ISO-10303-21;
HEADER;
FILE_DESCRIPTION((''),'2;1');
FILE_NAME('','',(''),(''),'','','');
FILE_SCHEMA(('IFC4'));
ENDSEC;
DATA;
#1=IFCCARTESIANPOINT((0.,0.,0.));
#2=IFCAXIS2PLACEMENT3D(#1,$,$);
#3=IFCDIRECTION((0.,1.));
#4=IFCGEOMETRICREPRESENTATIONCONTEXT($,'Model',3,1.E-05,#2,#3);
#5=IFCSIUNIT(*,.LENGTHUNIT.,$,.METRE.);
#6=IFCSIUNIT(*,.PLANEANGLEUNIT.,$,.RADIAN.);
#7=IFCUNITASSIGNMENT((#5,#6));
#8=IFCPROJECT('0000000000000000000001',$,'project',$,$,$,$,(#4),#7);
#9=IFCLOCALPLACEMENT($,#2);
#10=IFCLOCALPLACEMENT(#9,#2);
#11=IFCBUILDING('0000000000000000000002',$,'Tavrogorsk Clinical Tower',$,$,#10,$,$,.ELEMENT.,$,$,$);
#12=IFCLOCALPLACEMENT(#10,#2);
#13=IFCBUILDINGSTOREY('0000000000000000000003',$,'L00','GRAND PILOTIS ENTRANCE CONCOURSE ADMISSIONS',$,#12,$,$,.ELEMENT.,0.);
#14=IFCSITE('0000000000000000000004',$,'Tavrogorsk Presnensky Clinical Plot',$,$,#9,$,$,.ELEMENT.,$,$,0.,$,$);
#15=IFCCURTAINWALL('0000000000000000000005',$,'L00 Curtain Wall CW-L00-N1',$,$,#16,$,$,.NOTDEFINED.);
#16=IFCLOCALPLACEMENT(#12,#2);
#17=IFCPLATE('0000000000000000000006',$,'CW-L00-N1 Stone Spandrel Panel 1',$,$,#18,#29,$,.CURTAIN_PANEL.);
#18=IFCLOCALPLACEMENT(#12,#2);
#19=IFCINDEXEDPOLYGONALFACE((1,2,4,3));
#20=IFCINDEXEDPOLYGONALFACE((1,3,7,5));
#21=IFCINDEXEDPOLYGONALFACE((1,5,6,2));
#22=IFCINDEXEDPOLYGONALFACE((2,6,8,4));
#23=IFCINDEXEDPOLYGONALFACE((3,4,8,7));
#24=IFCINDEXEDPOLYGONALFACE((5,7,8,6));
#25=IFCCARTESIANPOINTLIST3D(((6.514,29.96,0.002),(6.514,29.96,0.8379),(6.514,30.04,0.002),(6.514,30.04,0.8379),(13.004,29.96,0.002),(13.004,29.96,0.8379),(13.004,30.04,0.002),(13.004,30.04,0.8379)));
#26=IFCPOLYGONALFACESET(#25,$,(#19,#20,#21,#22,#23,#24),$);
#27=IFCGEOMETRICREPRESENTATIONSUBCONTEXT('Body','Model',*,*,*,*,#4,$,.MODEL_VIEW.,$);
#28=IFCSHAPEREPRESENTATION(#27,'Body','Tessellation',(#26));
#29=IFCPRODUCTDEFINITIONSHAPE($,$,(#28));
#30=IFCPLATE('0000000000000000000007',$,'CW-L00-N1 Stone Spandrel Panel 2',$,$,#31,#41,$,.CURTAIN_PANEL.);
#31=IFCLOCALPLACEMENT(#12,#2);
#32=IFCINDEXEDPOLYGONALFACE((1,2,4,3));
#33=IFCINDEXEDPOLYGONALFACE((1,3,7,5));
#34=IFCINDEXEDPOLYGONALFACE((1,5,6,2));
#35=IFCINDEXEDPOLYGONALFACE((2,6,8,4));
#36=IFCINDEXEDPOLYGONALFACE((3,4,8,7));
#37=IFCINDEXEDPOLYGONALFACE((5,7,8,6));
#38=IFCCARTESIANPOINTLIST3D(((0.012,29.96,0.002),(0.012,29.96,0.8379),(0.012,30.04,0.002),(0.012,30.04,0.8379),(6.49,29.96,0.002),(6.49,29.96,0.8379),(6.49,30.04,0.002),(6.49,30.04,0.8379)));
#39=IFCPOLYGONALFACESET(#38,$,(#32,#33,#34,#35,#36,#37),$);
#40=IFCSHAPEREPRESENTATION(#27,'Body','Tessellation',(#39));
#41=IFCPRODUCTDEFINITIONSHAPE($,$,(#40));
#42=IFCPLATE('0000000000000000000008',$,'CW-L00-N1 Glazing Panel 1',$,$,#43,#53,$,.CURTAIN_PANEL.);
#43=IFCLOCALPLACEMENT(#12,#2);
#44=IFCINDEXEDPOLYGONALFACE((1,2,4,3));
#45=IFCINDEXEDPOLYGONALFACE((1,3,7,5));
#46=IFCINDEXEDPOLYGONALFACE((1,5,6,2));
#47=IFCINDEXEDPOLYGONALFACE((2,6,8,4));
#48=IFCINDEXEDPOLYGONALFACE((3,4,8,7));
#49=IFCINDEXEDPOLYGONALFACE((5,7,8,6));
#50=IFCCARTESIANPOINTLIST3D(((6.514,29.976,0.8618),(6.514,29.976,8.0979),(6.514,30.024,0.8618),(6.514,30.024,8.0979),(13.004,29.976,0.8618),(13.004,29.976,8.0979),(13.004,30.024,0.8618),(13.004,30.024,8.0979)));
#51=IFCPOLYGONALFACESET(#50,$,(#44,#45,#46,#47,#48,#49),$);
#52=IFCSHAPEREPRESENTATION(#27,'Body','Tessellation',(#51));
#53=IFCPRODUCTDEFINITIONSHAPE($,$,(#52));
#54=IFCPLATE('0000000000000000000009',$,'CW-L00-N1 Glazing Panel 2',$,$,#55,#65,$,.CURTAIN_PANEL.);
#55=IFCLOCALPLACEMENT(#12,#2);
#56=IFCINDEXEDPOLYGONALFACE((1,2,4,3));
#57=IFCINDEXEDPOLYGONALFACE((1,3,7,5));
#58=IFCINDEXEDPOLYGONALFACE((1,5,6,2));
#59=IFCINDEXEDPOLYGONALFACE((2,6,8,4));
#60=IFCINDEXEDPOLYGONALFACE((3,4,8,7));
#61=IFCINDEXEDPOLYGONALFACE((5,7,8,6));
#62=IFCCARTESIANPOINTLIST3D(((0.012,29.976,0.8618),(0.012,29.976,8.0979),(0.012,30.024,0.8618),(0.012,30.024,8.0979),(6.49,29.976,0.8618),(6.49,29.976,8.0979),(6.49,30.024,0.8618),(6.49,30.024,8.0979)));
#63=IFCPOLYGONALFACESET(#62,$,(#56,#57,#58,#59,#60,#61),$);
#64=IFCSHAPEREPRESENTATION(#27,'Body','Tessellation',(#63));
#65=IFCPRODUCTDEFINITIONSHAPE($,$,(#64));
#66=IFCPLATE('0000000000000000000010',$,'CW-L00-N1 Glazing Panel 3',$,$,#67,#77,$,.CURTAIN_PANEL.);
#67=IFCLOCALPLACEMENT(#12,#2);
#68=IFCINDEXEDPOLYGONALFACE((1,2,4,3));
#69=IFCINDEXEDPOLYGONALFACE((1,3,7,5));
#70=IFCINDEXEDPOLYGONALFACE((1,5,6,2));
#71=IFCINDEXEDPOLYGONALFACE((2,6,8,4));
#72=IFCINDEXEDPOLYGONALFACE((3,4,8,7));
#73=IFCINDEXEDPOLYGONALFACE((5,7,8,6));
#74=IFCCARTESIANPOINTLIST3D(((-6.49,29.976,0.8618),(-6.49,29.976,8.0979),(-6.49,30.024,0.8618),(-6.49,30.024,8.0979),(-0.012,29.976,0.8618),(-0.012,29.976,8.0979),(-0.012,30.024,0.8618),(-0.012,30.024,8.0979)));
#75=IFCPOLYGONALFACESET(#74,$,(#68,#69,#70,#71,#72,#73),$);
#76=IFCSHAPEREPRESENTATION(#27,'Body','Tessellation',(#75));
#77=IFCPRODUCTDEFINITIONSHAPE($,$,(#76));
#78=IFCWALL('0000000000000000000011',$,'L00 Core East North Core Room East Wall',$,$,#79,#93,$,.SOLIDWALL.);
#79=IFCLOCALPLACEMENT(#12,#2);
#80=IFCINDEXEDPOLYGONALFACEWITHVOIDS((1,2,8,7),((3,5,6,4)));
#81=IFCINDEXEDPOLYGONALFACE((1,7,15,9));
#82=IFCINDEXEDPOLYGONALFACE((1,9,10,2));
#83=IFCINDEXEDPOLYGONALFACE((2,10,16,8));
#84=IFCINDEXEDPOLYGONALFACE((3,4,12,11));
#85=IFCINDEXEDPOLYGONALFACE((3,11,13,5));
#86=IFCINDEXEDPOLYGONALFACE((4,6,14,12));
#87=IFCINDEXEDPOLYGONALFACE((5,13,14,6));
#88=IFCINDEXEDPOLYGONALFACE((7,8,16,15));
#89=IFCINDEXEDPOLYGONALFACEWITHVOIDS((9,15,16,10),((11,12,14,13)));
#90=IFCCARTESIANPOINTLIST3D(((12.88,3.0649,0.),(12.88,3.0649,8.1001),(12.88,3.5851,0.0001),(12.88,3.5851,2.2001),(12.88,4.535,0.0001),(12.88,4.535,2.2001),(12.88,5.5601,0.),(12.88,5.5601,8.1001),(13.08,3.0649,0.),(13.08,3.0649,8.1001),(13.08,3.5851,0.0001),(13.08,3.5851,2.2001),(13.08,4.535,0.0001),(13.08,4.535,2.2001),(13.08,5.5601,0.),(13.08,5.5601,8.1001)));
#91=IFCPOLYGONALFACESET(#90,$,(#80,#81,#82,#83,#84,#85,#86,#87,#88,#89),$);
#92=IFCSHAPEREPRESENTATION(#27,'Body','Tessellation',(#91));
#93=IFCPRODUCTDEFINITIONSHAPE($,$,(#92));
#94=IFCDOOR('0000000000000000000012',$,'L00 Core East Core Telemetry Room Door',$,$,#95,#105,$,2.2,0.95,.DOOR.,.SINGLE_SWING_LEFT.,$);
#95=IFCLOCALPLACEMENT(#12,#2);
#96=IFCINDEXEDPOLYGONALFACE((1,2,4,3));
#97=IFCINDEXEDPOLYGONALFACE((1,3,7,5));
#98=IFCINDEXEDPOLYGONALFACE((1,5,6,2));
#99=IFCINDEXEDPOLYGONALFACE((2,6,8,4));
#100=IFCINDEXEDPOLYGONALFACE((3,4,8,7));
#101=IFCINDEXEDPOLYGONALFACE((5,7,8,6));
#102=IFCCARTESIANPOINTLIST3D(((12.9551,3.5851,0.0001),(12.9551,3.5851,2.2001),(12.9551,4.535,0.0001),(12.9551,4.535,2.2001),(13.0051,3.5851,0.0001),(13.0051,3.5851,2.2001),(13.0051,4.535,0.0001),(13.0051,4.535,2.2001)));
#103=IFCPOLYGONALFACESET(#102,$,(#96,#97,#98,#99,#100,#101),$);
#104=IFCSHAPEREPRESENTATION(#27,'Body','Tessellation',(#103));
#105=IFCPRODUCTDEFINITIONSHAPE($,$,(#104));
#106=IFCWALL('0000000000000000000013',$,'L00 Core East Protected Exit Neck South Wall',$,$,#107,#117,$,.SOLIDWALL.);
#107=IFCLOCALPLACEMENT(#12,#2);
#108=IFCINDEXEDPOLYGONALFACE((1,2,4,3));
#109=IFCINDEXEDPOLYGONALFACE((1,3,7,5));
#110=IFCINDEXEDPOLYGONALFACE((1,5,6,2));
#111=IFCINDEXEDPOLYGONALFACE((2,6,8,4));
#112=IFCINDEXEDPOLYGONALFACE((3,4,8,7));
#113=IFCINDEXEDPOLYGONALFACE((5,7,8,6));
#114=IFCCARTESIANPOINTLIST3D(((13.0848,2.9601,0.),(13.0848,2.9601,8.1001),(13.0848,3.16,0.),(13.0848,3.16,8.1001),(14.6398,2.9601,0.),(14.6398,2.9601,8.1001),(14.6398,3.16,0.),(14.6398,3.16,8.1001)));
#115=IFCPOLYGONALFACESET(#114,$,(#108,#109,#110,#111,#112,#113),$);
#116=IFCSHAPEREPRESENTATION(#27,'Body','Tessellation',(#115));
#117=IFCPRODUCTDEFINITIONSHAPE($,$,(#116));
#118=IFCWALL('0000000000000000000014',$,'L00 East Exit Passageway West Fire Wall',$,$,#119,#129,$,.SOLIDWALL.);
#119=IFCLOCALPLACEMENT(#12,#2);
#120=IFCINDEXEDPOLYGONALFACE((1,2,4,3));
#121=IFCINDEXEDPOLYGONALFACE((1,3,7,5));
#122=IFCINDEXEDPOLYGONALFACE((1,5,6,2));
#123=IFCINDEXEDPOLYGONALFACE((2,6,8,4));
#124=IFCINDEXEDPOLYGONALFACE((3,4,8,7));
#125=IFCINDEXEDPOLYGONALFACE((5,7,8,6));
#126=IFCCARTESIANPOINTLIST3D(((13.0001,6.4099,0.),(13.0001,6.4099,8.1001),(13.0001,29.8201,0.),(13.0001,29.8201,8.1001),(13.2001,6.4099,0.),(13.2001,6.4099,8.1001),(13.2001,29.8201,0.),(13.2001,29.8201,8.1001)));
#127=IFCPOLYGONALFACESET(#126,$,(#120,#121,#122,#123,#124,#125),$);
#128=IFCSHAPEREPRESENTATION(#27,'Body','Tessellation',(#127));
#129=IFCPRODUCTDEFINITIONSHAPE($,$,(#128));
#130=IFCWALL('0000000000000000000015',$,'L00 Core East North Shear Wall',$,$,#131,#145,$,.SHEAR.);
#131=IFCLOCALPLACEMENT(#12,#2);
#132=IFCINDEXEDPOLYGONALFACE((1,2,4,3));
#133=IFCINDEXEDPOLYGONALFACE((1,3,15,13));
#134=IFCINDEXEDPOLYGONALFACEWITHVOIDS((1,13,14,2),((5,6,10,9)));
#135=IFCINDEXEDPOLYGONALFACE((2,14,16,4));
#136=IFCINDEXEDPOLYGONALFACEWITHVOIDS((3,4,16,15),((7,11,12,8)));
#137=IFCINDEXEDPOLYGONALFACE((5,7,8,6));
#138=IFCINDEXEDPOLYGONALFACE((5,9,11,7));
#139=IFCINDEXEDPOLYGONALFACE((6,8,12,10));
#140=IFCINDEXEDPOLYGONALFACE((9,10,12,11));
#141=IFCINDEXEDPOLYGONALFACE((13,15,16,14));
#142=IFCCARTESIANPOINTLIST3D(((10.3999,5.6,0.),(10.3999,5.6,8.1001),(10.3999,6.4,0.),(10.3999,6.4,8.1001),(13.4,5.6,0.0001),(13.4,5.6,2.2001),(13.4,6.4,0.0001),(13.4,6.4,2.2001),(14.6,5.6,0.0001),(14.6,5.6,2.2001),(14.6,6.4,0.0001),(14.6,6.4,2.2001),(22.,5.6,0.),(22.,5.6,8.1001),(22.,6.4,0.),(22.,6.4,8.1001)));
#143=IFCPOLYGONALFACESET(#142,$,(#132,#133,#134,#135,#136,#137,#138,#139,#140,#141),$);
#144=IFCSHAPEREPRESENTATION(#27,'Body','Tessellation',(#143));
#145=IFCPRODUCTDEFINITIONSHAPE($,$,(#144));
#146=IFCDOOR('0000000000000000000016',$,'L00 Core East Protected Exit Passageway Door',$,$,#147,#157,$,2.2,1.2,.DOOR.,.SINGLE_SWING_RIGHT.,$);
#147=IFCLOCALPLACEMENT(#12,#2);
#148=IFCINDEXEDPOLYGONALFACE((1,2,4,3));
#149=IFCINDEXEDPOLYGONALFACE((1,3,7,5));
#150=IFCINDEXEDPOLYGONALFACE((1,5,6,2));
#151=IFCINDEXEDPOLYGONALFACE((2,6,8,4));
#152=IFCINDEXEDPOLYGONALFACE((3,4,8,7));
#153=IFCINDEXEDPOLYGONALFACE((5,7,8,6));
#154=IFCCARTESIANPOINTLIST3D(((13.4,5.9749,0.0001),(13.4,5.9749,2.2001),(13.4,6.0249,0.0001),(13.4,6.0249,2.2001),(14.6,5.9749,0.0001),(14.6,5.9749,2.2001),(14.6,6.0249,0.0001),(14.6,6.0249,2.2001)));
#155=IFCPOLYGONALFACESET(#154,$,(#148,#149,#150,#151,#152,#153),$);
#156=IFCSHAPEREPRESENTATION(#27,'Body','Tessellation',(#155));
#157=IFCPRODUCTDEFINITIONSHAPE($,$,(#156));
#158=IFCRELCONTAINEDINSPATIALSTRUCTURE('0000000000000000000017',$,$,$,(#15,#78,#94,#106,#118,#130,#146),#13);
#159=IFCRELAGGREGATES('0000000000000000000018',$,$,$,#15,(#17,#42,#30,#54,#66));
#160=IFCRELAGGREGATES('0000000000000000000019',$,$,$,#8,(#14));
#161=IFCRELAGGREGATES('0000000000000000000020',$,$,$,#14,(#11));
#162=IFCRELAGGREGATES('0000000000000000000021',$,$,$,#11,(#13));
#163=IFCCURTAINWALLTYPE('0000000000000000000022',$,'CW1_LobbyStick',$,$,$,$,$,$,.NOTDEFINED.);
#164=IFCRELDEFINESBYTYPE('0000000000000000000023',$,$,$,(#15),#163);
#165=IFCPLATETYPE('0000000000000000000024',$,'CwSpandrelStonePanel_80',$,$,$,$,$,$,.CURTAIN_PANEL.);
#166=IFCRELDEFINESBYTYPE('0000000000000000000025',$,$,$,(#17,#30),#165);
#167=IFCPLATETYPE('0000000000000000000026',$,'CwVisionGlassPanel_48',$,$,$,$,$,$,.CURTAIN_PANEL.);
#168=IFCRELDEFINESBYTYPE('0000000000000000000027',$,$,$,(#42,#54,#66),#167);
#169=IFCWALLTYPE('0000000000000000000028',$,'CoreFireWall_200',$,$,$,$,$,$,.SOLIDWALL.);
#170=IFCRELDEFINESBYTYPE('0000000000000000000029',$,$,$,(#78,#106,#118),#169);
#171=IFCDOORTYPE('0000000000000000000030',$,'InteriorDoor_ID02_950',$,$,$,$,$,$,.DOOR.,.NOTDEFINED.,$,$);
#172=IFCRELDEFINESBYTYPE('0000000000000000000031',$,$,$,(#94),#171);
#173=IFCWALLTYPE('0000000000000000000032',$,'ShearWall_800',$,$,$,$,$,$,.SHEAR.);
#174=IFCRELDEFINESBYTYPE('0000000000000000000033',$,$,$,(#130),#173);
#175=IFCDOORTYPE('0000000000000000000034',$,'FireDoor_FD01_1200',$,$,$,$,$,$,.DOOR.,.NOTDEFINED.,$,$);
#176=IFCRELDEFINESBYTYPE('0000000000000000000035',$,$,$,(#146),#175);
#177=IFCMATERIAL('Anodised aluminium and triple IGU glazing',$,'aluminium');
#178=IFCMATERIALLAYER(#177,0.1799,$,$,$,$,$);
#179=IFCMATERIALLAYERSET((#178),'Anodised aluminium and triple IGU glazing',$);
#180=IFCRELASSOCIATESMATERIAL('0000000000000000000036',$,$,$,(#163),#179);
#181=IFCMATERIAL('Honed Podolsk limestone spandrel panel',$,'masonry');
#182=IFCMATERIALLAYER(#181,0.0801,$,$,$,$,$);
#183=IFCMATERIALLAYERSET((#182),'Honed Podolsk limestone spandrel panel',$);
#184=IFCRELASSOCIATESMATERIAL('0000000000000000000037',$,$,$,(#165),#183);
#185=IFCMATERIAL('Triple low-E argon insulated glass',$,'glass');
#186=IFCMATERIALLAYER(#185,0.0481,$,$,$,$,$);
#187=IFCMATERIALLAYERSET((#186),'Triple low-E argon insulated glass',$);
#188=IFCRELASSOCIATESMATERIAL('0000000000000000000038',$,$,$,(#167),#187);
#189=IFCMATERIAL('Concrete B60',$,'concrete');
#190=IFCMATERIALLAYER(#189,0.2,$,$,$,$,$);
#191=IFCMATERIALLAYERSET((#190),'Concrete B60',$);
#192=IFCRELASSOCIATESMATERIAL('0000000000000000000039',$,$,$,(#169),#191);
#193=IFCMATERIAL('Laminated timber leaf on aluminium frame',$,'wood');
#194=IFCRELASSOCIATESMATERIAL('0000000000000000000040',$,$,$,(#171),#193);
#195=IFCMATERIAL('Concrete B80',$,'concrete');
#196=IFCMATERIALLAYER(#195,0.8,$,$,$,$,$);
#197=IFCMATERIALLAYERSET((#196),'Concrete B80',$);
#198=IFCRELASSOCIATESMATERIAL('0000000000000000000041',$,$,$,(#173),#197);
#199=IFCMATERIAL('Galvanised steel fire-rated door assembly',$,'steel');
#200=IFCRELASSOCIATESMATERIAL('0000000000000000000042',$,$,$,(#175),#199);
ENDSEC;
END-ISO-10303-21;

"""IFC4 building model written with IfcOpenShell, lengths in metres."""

from ifc_helpers import new_model, si_unit, direction, frame, frame_2d, origin, origin_2d, place, context, subcontext, project, spatial, rectangle, extrude, material, layer, layer_set, type_object, element, fill, aggregate, save


model = new_model("IFC4")

# Units and contexts
model_context = context("Model", 3, precision=1e-05, world=origin(), true_north=direction((0.0, 1.0)))
body_context = subcontext(model_context, "Body", "Model", "MODEL_VIEW")
ifc_project = project(units=[si_unit("LENGTHUNIT", "METRE"), si_unit("PLANEANGLEUNIT", "RADIAN")], contexts=[model_context])

# Site, building, storey
site_placement = place(None, origin())
site = spatial("IfcSite", under=ifc_project, at=site_placement, Name="Tavrogorsk Presnensky Clinical Plot", CompositionType="ELEMENT", RefElevation=0.0)
building_placement = place(site_placement, origin())
building = spatial("IfcBuilding", under=site, at=building_placement, Name="Tavrogorsk Clinical Tower", CompositionType="ELEMENT")
storey_placement = place(building_placement, origin())
storey = spatial("IfcBuildingStorey", under=building, at=storey_placement, Name="L00", Description="GRAND PILOTIS ENTRANCE CONCOURSE ADMISSIONS", CompositionType="ELEMENT", Elevation=0.0)

# Curtain wall
ifc_material_1 = material(Name="Anodised aluminium and triple IGU glazing", Category="aluminium")
ifc_layer_1 = layer(ifc_material_1, 0.1799)
ifc_layer_set_1 = layer_set([ifc_layer_1], Name="Anodised aluminium and triple IGU glazing")
curtain_wall_type = type_object("IfcCurtainWallType", Name="CW1_LobbyStick", PredefinedType="NOTDEFINED", material=ifc_layer_set_1)
curtain_wall_placement = place(storey_placement, origin())
curtain_wall = element("IfcCurtainWall", 1, at=curtain_wall_placement, inside=storey, type_object=curtain_wall_type, Name="L00 Curtain Wall CW-L00-N1", PredefinedType="NOTDEFINED")

# Plates
ifc_material_2 = material(Name="Honed Podolsk limestone spandrel panel", Category="masonry")
ifc_layer_2 = layer(ifc_material_2, 0.0801)
ifc_layer_set_2 = layer_set([ifc_layer_2], Name="Honed Podolsk limestone spandrel panel")
plate_type_1 = type_object("IfcPlateType", Name="CwSpandrelStonePanel_80", PredefinedType="CURTAIN_PANEL", material=ifc_layer_set_2)
plate_1_placement = place(storey_placement, frame((9.759, 30.0, 0.002), z_axis=(0.0, 0.0, 1.0), x_axis=(-1.0, 0.0, 0.0)))
plate_1 = element("IfcPlate", 2, at=plate_1_placement, type_object=plate_type_1, Name="CW-L00-N1 Stone Spandrel Panel 1", PredefinedType="CURTAIN_PANEL", context=body_context, shape_type="SweptSolid", body=[
    extrude(rectangle(XDim=6.49, YDim=0.0801, at=origin_2d()), origin(), (0.0, 0.0, 1.0), 0.8359),
])
plate_2_placement = place(storey_placement, frame((3.251, 30.0, 0.002), z_axis=(0.0, 0.0, 1.0), x_axis=(-1.0, 0.0, 0.0)))
plate_2 = element("IfcPlate", 3, at=plate_2_placement, type_object=plate_type_1, Name="CW-L00-N1 Stone Spandrel Panel 2", PredefinedType="CURTAIN_PANEL", context=body_context, shape_type="SweptSolid", body=[
    extrude(rectangle(XDim=6.478, YDim=0.0801, at=origin_2d()), origin(), (0.0, 0.0, 1.0), 0.8359),
])
ifc_material_3 = material(Name="Triple low-E argon insulated glass", Category="glass")
ifc_layer_3 = layer(ifc_material_3, 0.0481)
ifc_layer_set_3 = layer_set([ifc_layer_3], Name="Triple low-E argon insulated glass")
plate_type_2 = type_object("IfcPlateType", Name="CwVisionGlassPanel_48", PredefinedType="CURTAIN_PANEL", material=ifc_layer_set_3)
plate_3_placement = place(storey_placement, frame((9.759, 30.0, 0.8618), z_axis=(0.0, 0.0, 1.0), x_axis=(-1.0, 0.0, 0.0)))
plate_3 = element("IfcPlate", 4, at=plate_3_placement, type_object=plate_type_2, Name="CW-L00-N1 Glazing Panel 1", PredefinedType="CURTAIN_PANEL", context=body_context, shape_type="SweptSolid", body=[
    extrude(rectangle(XDim=6.49, YDim=0.0481, at=origin_2d()), origin(), (0.0, 0.0, 1.0), 7.2361),
])
plate_4_placement = place(storey_placement, frame((3.251, 30.0, 0.8618), z_axis=(0.0, 0.0, 1.0), x_axis=(-1.0, 0.0, 0.0)))
plate_4 = element("IfcPlate", 5, at=plate_4_placement, type_object=plate_type_2, Name="CW-L00-N1 Glazing Panel 2", PredefinedType="CURTAIN_PANEL", context=body_context, shape_type="SweptSolid", body=[
    extrude(rectangle(XDim=6.478, YDim=0.0481, at=origin_2d()), origin(), (0.0, 0.0, 1.0), 7.2361),
])
plate_5_placement = place(storey_placement, frame((-3.251, 30.0, 0.8618), z_axis=(0.0, 0.0, 1.0), x_axis=(-1.0, 0.0, 0.0)))
plate_5 = element("IfcPlate", 6, at=plate_5_placement, type_object=plate_type_2, Name="CW-L00-N1 Glazing Panel 3", PredefinedType="CURTAIN_PANEL", context=body_context, shape_type="SweptSolid", body=[
    extrude(rectangle(XDim=6.478, YDim=0.0481, at=origin_2d()), origin(), (0.0, 0.0, 1.0), 7.2361),
])
aggregate(curtain_wall, [plate_1, plate_3, plate_2, plate_4, plate_5])

# Wall, opening, door
ifc_material_4 = material(Name="Concrete B60", Category="concrete")
ifc_layer_4 = layer(ifc_material_4, 0.2)
ifc_layer_set_4 = layer_set([ifc_layer_4], Name="Concrete B60")
wall_type_1 = type_object("IfcWallType", Name="CoreFireWall_200", PredefinedType="SOLIDWALL", material=ifc_layer_set_4)
wall_1_placement = place(storey_placement, frame((12.98, 3.0649, 0.0), z_axis=(0.0, 0.0, 1.0), x_axis=(0.0, 1.0, 0.0)))
wall_1 = element("IfcWall", 7, at=wall_1_placement, inside=storey, type_object=wall_type_1, Name="L00 Core East North Core Room East Wall", PredefinedType="SOLIDWALL", context=body_context, shape_type="SweptSolid", body=[
    extrude(rectangle(XDim=2.4951, YDim=0.2, at=frame_2d((1.2476, 0.0))), origin(), (0.0, 0.0, 1.0), 8.1001),
])
opening_1_placement = place(wall_1_placement, frame((0.52, 0.0, 0.0)))
opening_1 = element("IfcOpeningElement", 8, at=opening_1_placement, cuts=wall_1, PredefinedType="OPENING", context=body_context, shape_type="SweptSolid", body=[
    extrude(rectangle(XDim=0.95, YDim=2.2, at=frame_2d((0.4751, 1.1001))), frame((0.0, 0.1099, 0.0), z_axis=(0.0, -1.0, 0.0), x_axis=(1.0, 0.0, 0.0)), (0.0, 0.0, 1.0), 0.22),
])
ifc_material_5 = material(Name="Laminated timber leaf on aluminium frame", Category="wood")
door_type_1 = type_object("IfcDoorType", Name="InteriorDoor_ID02_950", OperationType="NOTDEFINED", PredefinedType="DOOR", material=ifc_material_5)
door_1_placement = place(opening_1_placement, origin())
door_1 = element("IfcDoor", 9, at=door_1_placement, inside=storey, type_object=door_type_1, Name="L00 Core East Core Telemetry Room Door", OperationType="SINGLE_SWING_LEFT", OverallHeight=2.2, OverallWidth=0.95, PredefinedType="DOOR", context=body_context, shape_type="SweptSolid", body=[
    extrude(rectangle(XDim=0.95, YDim=2.2, at=frame_2d((0.4751, 1.1001))), frame((0.0, 0.0249, 0.0), z_axis=(0.0, -1.0, 0.0), x_axis=(1.0, 0.0, 0.0)), (0.0, 0.0, 1.0), 0.05),
])
fill(opening_1, door_1)

# Walls
wall_2_placement = place(storey_placement, frame((13.085, 3.0601, 0.0), z_axis=(0.0, 0.0, 1.0), x_axis=(1.0, 0.0, 0.0)))
element("IfcWall", 10, at=wall_2_placement, inside=storey, type_object=wall_type_1, Name="L00 Core East Protected Exit Neck South Wall", PredefinedType="SOLIDWALL", context=body_context, shape_type="SweptSolid", body=[
    extrude(rectangle(XDim=1.5549, YDim=0.2, at=frame_2d((0.7773, 0.0))), origin(), (0.0, 0.0, 1.0), 8.1001),
])
wall_3_placement = place(storey_placement, frame((13.1001, 6.4099, 0.0), z_axis=(0.0, 0.0, 1.0), x_axis=(0.0, 1.0, 0.0)))
element("IfcWall", 11, at=wall_3_placement, inside=storey, type_object=wall_type_1, Name="L00 East Exit Passageway West Fire Wall", PredefinedType="SOLIDWALL", context=body_context, shape_type="SweptSolid", body=[
    extrude(rectangle(XDim=23.4102, YDim=0.2, at=frame_2d((11.7051, 0.0))), origin(), (0.0, 0.0, 1.0), 8.1001),
])

# Wall, opening, door
ifc_material_6 = material(Name="Concrete B80", Category="concrete")
ifc_layer_5 = layer(ifc_material_6, 0.8)
ifc_layer_set_5 = layer_set([ifc_layer_5], Name="Concrete B80")
wall_type_2 = type_object("IfcWallType", Name="ShearWall_800", PredefinedType="SHEAR", material=ifc_layer_set_5)
wall_4_placement = place(storey_placement, frame((10.3999, 6.0, 0.0), z_axis=(0.0, 0.0, 1.0), x_axis=(1.0, 0.0, 0.0)))
wall_4 = element("IfcWall", 12, at=wall_4_placement, inside=storey, type_object=wall_type_2, Name="L00 Core East North Shear Wall", PredefinedType="SHEAR", context=body_context, shape_type="SweptSolid", body=[
    extrude(rectangle(XDim=11.6001, YDim=0.8, at=frame_2d((5.8, 0.0))), origin(), (0.0, 0.0, 1.0), 8.1001),
])
opening_2_placement = place(wall_4_placement, frame((3.0, 0.0, 0.0)))
opening_2 = element("IfcOpeningElement", 13, at=opening_2_placement, cuts=wall_4, PredefinedType="OPENING", context=body_context, shape_type="SweptSolid", body=[
    extrude(rectangle(XDim=1.2, YDim=2.2, at=frame_2d((0.6001, 1.1001))), frame((0.0, 0.4099, 0.0), z_axis=(0.0, -1.0, 0.0), x_axis=(1.0, 0.0, 0.0)), (0.0, 0.0, 1.0), 0.8201),
])
ifc_material_7 = material(Name="Galvanised steel fire-rated door assembly", Category="steel")
door_type_2 = type_object("IfcDoorType", Name="FireDoor_FD01_1200", OperationType="NOTDEFINED", PredefinedType="DOOR", material=ifc_material_7)
door_2_placement = place(opening_2_placement, origin())
door_2 = element("IfcDoor", 14, at=door_2_placement, inside=storey, type_object=door_type_2, Name="L00 Core East Protected Exit Passageway Door", OperationType="SINGLE_SWING_RIGHT", OverallHeight=2.2, OverallWidth=1.2, PredefinedType="DOOR", context=body_context, shape_type="SweptSolid", body=[
    extrude(rectangle(XDim=1.2, YDim=2.2, at=frame_2d((0.6001, 1.1001))), frame((0.0, 0.0249, 0.0), z_axis=(0.0, -1.0, 0.0), x_axis=(1.0, 0.0, 0.0)), (0.0, 0.0, 1.0), 0.05),
])
fill(opening_2, door_2)

save(model, "model.ifc")
